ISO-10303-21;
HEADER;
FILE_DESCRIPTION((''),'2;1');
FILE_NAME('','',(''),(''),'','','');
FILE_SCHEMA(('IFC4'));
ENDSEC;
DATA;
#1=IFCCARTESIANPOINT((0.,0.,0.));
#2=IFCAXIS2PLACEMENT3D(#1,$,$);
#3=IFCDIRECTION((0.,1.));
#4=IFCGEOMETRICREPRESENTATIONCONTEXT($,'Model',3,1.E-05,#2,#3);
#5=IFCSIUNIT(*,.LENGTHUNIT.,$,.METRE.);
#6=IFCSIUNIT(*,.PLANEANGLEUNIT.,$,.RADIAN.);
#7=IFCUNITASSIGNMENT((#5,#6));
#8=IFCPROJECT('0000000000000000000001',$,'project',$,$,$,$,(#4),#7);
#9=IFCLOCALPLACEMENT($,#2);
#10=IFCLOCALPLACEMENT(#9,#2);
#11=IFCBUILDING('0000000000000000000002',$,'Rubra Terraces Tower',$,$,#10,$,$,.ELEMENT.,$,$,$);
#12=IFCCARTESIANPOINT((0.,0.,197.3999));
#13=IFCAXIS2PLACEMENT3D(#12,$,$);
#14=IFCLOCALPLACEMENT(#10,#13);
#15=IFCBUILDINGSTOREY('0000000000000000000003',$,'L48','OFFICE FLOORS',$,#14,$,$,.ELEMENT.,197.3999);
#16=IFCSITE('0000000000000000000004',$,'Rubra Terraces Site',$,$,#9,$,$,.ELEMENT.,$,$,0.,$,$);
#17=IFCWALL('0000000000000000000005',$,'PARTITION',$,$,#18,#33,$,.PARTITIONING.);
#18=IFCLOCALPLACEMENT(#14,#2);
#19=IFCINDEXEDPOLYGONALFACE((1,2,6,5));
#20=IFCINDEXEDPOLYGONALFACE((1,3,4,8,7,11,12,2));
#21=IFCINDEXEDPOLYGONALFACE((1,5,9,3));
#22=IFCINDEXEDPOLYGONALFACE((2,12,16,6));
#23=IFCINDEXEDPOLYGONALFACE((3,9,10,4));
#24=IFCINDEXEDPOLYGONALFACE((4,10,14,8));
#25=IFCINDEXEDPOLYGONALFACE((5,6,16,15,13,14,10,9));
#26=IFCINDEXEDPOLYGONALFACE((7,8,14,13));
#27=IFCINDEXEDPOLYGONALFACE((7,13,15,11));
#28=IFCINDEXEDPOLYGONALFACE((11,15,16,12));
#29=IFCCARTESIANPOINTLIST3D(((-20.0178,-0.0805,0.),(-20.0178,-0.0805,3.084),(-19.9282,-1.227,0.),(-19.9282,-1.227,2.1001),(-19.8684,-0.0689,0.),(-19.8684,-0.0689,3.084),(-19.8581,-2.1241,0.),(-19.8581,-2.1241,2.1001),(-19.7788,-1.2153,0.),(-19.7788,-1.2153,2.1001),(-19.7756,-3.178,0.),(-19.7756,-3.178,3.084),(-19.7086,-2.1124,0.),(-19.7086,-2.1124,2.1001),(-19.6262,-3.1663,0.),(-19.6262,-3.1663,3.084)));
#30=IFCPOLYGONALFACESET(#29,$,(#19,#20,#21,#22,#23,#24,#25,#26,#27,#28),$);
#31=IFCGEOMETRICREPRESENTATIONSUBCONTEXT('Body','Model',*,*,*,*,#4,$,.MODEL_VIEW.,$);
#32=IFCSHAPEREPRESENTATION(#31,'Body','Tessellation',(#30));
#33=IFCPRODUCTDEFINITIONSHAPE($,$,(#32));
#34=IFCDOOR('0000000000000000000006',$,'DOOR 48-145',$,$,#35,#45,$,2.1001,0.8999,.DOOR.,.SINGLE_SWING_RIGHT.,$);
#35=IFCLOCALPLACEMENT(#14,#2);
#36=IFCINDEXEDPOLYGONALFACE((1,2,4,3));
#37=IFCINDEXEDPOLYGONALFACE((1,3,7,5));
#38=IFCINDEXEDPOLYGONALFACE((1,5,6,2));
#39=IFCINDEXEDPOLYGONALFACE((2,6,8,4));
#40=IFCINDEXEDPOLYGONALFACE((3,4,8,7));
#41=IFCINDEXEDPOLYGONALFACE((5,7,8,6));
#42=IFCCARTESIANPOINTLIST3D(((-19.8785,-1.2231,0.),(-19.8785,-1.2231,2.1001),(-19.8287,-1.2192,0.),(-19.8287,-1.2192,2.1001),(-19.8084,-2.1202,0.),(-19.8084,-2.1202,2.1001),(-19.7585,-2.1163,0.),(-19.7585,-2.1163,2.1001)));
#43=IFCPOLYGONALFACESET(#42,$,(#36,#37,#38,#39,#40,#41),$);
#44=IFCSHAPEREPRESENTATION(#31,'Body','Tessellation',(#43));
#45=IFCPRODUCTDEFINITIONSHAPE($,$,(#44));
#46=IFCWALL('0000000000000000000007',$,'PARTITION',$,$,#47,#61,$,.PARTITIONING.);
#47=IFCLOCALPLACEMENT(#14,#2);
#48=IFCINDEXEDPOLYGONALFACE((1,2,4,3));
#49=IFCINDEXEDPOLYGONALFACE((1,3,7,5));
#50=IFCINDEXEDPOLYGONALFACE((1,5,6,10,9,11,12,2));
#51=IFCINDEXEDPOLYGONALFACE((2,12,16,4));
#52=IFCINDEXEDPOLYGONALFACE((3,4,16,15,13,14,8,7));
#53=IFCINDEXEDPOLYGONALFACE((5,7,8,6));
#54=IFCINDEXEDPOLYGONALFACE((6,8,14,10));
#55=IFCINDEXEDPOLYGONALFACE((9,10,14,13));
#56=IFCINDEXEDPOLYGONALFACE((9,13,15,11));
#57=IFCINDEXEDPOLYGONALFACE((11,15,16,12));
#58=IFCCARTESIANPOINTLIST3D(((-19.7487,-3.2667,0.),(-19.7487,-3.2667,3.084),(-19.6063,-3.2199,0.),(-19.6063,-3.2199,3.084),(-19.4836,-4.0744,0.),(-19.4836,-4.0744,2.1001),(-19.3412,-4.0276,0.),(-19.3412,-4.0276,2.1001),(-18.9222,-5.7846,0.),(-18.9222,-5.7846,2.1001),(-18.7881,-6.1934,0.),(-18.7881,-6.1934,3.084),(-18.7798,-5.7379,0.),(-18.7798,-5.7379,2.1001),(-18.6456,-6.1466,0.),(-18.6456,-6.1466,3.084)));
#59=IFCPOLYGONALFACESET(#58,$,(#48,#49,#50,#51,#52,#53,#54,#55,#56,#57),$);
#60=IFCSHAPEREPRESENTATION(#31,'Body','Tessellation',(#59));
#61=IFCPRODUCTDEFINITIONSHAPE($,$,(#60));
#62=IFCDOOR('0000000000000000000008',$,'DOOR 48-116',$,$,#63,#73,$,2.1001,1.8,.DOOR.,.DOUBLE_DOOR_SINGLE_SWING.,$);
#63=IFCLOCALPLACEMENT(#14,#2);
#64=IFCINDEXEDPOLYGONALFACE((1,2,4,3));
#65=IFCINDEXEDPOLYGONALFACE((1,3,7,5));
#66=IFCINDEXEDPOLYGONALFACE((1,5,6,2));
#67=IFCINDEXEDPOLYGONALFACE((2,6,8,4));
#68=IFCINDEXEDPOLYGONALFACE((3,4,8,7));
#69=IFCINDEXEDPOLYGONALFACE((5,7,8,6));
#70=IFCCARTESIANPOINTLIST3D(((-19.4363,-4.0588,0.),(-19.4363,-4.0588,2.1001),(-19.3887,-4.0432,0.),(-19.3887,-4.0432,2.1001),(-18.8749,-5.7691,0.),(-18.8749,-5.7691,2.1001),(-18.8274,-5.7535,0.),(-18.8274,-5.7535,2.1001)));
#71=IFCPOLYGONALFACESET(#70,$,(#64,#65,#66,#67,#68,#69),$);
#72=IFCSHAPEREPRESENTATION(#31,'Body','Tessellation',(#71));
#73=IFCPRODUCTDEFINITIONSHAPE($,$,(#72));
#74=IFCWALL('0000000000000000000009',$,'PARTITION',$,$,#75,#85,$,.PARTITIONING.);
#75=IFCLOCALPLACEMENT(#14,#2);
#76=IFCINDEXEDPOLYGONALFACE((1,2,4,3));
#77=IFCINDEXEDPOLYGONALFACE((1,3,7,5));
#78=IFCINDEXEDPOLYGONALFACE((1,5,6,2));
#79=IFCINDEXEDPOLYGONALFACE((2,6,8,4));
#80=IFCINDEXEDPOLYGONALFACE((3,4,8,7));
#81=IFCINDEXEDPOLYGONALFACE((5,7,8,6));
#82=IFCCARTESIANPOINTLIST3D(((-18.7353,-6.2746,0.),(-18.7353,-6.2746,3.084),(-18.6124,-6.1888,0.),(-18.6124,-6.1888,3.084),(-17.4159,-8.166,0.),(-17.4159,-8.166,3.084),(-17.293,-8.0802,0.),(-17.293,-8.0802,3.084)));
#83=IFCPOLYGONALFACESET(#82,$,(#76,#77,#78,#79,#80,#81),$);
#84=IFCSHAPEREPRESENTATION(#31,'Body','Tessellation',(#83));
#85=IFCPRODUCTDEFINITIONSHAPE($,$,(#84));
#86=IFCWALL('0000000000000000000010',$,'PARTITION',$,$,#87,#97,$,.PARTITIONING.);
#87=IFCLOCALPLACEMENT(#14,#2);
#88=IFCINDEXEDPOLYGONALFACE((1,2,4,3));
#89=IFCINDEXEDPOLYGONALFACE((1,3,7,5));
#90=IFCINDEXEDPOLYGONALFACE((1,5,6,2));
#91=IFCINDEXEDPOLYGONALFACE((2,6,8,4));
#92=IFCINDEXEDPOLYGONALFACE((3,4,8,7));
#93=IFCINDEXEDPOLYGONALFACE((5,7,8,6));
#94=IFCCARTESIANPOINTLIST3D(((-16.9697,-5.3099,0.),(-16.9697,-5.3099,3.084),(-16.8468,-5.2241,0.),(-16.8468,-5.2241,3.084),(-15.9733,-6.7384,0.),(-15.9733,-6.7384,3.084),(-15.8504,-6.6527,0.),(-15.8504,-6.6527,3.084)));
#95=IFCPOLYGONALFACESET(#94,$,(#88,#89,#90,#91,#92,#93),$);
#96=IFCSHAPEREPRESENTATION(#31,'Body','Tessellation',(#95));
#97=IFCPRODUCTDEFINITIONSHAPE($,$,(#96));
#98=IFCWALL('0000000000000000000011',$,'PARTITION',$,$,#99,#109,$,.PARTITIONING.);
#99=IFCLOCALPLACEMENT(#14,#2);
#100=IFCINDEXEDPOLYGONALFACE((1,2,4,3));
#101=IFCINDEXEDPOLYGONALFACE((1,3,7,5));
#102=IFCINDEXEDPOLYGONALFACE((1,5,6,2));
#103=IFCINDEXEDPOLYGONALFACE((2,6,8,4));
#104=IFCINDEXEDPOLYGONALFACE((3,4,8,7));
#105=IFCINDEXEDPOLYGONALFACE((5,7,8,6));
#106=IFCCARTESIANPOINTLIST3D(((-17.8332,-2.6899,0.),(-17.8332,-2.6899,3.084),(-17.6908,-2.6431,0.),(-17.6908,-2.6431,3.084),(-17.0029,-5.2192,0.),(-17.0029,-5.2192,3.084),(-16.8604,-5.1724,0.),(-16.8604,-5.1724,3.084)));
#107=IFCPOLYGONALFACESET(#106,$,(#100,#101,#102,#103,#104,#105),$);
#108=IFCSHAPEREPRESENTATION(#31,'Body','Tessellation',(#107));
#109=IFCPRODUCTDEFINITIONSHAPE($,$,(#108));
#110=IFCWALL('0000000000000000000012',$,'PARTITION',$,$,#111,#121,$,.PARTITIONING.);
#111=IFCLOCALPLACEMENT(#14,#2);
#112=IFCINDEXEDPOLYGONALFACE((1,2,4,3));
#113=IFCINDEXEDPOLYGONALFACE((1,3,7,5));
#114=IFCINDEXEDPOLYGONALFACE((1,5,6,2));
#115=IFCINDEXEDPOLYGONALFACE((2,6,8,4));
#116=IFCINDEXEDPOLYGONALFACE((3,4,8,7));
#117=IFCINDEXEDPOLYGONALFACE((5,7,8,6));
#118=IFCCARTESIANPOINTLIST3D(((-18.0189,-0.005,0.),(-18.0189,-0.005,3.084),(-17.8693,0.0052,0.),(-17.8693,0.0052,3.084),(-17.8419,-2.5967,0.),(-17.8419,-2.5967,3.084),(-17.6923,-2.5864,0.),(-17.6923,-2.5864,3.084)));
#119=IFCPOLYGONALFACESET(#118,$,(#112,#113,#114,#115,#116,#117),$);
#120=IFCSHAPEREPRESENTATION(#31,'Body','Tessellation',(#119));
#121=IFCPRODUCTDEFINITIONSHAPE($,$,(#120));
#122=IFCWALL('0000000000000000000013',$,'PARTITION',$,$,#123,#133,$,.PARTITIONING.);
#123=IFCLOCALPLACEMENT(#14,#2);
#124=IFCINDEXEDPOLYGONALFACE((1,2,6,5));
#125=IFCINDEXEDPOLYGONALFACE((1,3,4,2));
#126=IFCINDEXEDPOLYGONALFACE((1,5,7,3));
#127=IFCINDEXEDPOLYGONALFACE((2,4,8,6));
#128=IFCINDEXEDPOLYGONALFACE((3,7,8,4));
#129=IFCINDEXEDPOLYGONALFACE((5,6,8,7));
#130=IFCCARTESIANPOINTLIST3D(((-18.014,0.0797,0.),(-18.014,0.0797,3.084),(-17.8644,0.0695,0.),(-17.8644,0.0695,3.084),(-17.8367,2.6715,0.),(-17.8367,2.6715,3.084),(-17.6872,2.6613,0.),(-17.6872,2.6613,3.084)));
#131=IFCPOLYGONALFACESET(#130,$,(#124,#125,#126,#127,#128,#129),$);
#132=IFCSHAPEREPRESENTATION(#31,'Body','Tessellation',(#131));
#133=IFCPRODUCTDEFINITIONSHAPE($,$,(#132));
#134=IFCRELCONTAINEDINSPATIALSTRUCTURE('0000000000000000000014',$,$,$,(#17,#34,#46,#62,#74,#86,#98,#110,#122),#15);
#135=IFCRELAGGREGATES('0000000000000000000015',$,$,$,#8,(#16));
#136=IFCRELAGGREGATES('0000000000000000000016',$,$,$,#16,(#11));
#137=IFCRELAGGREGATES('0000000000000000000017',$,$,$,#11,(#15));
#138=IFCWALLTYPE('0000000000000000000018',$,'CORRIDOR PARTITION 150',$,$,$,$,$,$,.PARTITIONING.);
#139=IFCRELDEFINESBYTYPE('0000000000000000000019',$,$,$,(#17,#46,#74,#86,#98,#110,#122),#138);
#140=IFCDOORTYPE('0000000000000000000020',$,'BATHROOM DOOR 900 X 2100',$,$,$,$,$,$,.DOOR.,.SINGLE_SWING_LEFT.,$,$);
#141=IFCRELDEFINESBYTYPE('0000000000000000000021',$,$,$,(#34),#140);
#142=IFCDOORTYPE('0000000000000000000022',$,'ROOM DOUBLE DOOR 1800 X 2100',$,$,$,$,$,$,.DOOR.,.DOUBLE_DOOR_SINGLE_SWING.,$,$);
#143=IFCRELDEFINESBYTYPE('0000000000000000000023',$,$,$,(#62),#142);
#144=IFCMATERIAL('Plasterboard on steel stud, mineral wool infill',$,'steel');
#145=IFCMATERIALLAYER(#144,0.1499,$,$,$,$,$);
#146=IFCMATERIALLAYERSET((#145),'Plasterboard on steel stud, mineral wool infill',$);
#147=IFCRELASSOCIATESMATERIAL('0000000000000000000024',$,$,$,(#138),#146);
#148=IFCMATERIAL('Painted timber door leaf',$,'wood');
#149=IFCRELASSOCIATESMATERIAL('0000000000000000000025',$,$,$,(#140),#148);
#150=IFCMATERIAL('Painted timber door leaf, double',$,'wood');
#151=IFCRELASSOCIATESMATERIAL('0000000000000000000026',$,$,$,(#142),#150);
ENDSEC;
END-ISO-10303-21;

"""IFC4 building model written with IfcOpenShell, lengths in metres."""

from ifc_helpers import new_model, si_unit, direction, frame, frame_2d, origin, place, context, subcontext, project, spatial, rectangle, extrude, material, layer, layer_set, type_object, element, fill, save


model = new_model("IFC4")

# Units and contexts
model_context = context("Model", 3, precision=1e-05, world=origin(), true_north=direction((0.0, 1.0)))
body_context = subcontext(model_context, "Body", "Model", "MODEL_VIEW")
ifc_project = project(units=[si_unit("LENGTHUNIT", "METRE"), si_unit("PLANEANGLEUNIT", "RADIAN")], contexts=[model_context])

# Site, building, storey
site_placement = place(None, origin())
site = spatial("IfcSite", under=ifc_project, at=site_placement, Name="Rubra Terraces Site", CompositionType="ELEMENT", RefElevation=0.0)
building_placement = place(site_placement, origin())
building = spatial("IfcBuilding", under=site, at=building_placement, Name="Rubra Terraces Tower", CompositionType="ELEMENT")
storey_placement = place(building_placement, frame((0.0, 0.0, 197.3999)))
storey = spatial("IfcBuildingStorey", under=building, at=storey_placement, Name="L48", Description="OFFICE FLOORS", CompositionType="ELEMENT", Elevation=197.3999)

# Walls, openings, doors
ifc_material_1 = material(Name="Plasterboard on steel stud, mineral wool infill", Category="steel")
ifc_layer_1 = layer(ifc_material_1, 0.1499)
ifc_layer_set_1 = layer_set([ifc_layer_1], Name="Plasterboard on steel stud, mineral wool infill")
wall_type_1 = type_object("IfcWallType", Name="CORRIDOR PARTITION 150", PredefinedType="PARTITIONING", material=ifc_layer_set_1)
wall_1_placement = place(storey_placement, frame((-19.9431, -0.0747, 0.0), z_axis=(0.0, 0.0, 1.0), x_axis=(0.077952, -0.996957, 0.0)))
wall_1 = element("IfcWall", 1, at=wall_1_placement, inside=storey, type_object=wall_type_1, Name="PARTITION", PredefinedType="PARTITIONING", context=body_context, shape_type="SweptSolid", body=[
    extrude(rectangle(XDim=3.1069, YDim=0.1499, at=frame_2d((1.5535, 0.0))), origin(), (0.0, 0.0, 1.0), 3.084),
])
opening_1_placement = place(wall_1_placement, frame((1.1499, 0.0, 0.0)))
opening_1 = element("IfcOpeningElement", 2, at=opening_1_placement, cuts=wall_1, PredefinedType="OPENING", context=body_context, shape_type="SweptSolid", body=[
    extrude(rectangle(XDim=0.8999, YDim=2.1001, at=frame_2d((0.45, 1.05))), frame((0.0, 0.085, 0.0), z_axis=(0.0, -1.0, 0.0), x_axis=(1.0, 0.0, 0.0)), (0.0, 0.0, 1.0), 0.1699),
])
ifc_material_2 = material(Name="Painted timber door leaf", Category="wood")
door_type_1 = type_object("IfcDoorType", Name="BATHROOM DOOR 900 X 2100", OperationType="SINGLE_SWING_LEFT", PredefinedType="DOOR", material=ifc_material_2)
door_1_placement = place(opening_1_placement, origin())
door_1 = element("IfcDoor", 3, at=door_1_placement, inside=storey, type_object=door_type_1, Name="DOOR 48-145", OperationType="SINGLE_SWING_RIGHT", OverallHeight=2.1001, OverallWidth=0.8999, PredefinedType="DOOR", context=body_context, shape_type="SweptSolid", body=[
    extrude(rectangle(XDim=0.8999, YDim=2.1001, at=frame_2d((0.45, 1.05))), frame((0.0, 0.0249, 0.0), z_axis=(0.0, -1.0, 0.0), x_axis=(1.0, 0.0, 0.0)), (0.0, 0.0, 1.0), 0.05),
])
fill(opening_1, door_1)
wall_2_placement = place(storey_placement, frame((-19.6775, -3.2434, 0.0), z_axis=(0.0, 0.0, 1.0), x_axis=(0.311873, -0.950124, 0.0)))
wall_2 = element("IfcWall", 4, at=wall_2_placement, inside=storey, type_object=wall_type_1, Name="PARTITION", PredefinedType="PARTITIONING", context=body_context, shape_type="SweptSolid", body=[
    extrude(rectangle(XDim=3.0803, YDim=0.1499, at=frame_2d((1.54, 0.0))), origin(), (0.0, 0.0, 1.0), 3.084),
])
opening_2_placement = place(wall_2_placement, frame((0.8501, 0.0, 0.0)))
opening_2 = element("IfcOpeningElement", 5, at=opening_2_placement, cuts=wall_2, PredefinedType="OPENING", context=body_context, shape_type="SweptSolid", body=[
    extrude(rectangle(XDim=1.8, YDim=2.1001, at=frame_2d((0.8999, 1.05))), frame((0.0, 0.085, 0.0), z_axis=(0.0, -1.0, 0.0), x_axis=(1.0, 0.0, 0.0)), (0.0, 0.0, 1.0), 0.1699),
])
ifc_material_3 = material(Name="Painted timber door leaf, double", Category="wood")
door_type_2 = type_object("IfcDoorType", Name="ROOM DOUBLE DOOR 1800 X 2100", OperationType="DOUBLE_DOOR_SINGLE_SWING", PredefinedType="DOOR", material=ifc_material_3)
door_2_placement = place(opening_2_placement, origin())
door_2 = element("IfcDoor", 6, at=door_2_placement, inside=storey, type_object=door_type_2, Name="DOOR 48-116", OperationType="DOUBLE_DOOR_SINGLE_SWING", OverallHeight=2.1001, OverallWidth=1.8, PredefinedType="DOOR", context=body_context, shape_type="SweptSolid", body=[
    extrude(rectangle(XDim=1.8, YDim=2.1001, at=frame_2d((0.8999, 1.05))), frame((0.0, 0.0249, 0.0), z_axis=(0.0, -1.0, 0.0), x_axis=(1.0, 0.0, 0.0)), (0.0, 0.0, 1.0), 0.05),
])
fill(opening_2, door_2)

# Walls
wall_3_placement = place(storey_placement, frame((-18.6738, -6.2317, 0.0), z_axis=(0.0, 0.0, 1.0), x_axis=(0.572119, -0.820171, 0.0)))
element("IfcWall", 7, at=wall_3_placement, inside=storey, type_object=wall_type_1, Name="PARTITION", PredefinedType="PARTITIONING", context=body_context, shape_type="SweptSolid", body=[
    extrude(rectangle(XDim=2.3062, YDim=0.1499, at=frame_2d((1.1531, 0.0))), origin(), (0.0, 0.0, 1.0), 3.084),
])
wall_4_placement = place(storey_placement, frame((-15.9119, -6.6956, 0.0), z_axis=(0.0, 0.0, 1.0), x_axis=(-0.572079, 0.820199, 0.0)))
element("IfcWall", 8, at=wall_4_placement, inside=storey, type_object=wall_type_1, Name="PARTITION", PredefinedType="PARTITIONING", context=body_context, shape_type="SweptSolid", body=[
    extrude(rectangle(XDim=1.7417, YDim=0.1499, at=frame_2d((0.8708, 0.0))), origin(), (0.0, 0.0, 1.0), 3.084),
])
wall_5_placement = place(storey_placement, frame((-16.9316, -5.1958, 0.0), z_axis=(0.0, 0.0, 1.0), x_axis=(-0.311905, 0.950113, 0.0)))
element("IfcWall", 9, at=wall_5_placement, inside=storey, type_object=wall_type_1, Name="PARTITION", PredefinedType="PARTITIONING", context=body_context, shape_type="SweptSolid", body=[
    extrude(rectangle(XDim=2.6621, YDim=0.1499, at=frame_2d((1.3311, 0.0))), origin(), (0.0, 0.0, 1.0), 3.084),
])
wall_6_placement = place(storey_placement, frame((-17.7671, -2.5916, 0.0), z_axis=(0.0, 0.0, 1.0), x_axis=(-0.068141, 0.997676, 0.0)))
element("IfcWall", 10, at=wall_6_placement, inside=storey, type_object=wall_type_1, Name="PARTITION", PredefinedType="PARTITIONING", context=body_context, shape_type="SweptSolid", body=[
    extrude(rectangle(XDim=2.5977, YDim=0.1499, at=frame_2d((1.2988, 0.0))), origin(), (0.0, 0.0, 1.0), 3.084),
])
wall_7_placement = place(storey_placement, frame((-17.9392, 0.0747, 0.0), z_axis=(0.0, 0.0, 1.0), x_axis=(0.068228, 0.99767, 0.0)))
element("IfcWall", 11, at=wall_7_placement, inside=storey, type_object=wall_type_1, Name="PARTITION", PredefinedType="PARTITIONING", context=body_context, shape_type="SweptSolid", body=[
    extrude(rectangle(XDim=2.5979, YDim=0.1499, at=frame_2d((1.2988, 0.0))), origin(), (0.0, 0.0, 1.0), 3.084),
])

save(model, "model.ifc")
